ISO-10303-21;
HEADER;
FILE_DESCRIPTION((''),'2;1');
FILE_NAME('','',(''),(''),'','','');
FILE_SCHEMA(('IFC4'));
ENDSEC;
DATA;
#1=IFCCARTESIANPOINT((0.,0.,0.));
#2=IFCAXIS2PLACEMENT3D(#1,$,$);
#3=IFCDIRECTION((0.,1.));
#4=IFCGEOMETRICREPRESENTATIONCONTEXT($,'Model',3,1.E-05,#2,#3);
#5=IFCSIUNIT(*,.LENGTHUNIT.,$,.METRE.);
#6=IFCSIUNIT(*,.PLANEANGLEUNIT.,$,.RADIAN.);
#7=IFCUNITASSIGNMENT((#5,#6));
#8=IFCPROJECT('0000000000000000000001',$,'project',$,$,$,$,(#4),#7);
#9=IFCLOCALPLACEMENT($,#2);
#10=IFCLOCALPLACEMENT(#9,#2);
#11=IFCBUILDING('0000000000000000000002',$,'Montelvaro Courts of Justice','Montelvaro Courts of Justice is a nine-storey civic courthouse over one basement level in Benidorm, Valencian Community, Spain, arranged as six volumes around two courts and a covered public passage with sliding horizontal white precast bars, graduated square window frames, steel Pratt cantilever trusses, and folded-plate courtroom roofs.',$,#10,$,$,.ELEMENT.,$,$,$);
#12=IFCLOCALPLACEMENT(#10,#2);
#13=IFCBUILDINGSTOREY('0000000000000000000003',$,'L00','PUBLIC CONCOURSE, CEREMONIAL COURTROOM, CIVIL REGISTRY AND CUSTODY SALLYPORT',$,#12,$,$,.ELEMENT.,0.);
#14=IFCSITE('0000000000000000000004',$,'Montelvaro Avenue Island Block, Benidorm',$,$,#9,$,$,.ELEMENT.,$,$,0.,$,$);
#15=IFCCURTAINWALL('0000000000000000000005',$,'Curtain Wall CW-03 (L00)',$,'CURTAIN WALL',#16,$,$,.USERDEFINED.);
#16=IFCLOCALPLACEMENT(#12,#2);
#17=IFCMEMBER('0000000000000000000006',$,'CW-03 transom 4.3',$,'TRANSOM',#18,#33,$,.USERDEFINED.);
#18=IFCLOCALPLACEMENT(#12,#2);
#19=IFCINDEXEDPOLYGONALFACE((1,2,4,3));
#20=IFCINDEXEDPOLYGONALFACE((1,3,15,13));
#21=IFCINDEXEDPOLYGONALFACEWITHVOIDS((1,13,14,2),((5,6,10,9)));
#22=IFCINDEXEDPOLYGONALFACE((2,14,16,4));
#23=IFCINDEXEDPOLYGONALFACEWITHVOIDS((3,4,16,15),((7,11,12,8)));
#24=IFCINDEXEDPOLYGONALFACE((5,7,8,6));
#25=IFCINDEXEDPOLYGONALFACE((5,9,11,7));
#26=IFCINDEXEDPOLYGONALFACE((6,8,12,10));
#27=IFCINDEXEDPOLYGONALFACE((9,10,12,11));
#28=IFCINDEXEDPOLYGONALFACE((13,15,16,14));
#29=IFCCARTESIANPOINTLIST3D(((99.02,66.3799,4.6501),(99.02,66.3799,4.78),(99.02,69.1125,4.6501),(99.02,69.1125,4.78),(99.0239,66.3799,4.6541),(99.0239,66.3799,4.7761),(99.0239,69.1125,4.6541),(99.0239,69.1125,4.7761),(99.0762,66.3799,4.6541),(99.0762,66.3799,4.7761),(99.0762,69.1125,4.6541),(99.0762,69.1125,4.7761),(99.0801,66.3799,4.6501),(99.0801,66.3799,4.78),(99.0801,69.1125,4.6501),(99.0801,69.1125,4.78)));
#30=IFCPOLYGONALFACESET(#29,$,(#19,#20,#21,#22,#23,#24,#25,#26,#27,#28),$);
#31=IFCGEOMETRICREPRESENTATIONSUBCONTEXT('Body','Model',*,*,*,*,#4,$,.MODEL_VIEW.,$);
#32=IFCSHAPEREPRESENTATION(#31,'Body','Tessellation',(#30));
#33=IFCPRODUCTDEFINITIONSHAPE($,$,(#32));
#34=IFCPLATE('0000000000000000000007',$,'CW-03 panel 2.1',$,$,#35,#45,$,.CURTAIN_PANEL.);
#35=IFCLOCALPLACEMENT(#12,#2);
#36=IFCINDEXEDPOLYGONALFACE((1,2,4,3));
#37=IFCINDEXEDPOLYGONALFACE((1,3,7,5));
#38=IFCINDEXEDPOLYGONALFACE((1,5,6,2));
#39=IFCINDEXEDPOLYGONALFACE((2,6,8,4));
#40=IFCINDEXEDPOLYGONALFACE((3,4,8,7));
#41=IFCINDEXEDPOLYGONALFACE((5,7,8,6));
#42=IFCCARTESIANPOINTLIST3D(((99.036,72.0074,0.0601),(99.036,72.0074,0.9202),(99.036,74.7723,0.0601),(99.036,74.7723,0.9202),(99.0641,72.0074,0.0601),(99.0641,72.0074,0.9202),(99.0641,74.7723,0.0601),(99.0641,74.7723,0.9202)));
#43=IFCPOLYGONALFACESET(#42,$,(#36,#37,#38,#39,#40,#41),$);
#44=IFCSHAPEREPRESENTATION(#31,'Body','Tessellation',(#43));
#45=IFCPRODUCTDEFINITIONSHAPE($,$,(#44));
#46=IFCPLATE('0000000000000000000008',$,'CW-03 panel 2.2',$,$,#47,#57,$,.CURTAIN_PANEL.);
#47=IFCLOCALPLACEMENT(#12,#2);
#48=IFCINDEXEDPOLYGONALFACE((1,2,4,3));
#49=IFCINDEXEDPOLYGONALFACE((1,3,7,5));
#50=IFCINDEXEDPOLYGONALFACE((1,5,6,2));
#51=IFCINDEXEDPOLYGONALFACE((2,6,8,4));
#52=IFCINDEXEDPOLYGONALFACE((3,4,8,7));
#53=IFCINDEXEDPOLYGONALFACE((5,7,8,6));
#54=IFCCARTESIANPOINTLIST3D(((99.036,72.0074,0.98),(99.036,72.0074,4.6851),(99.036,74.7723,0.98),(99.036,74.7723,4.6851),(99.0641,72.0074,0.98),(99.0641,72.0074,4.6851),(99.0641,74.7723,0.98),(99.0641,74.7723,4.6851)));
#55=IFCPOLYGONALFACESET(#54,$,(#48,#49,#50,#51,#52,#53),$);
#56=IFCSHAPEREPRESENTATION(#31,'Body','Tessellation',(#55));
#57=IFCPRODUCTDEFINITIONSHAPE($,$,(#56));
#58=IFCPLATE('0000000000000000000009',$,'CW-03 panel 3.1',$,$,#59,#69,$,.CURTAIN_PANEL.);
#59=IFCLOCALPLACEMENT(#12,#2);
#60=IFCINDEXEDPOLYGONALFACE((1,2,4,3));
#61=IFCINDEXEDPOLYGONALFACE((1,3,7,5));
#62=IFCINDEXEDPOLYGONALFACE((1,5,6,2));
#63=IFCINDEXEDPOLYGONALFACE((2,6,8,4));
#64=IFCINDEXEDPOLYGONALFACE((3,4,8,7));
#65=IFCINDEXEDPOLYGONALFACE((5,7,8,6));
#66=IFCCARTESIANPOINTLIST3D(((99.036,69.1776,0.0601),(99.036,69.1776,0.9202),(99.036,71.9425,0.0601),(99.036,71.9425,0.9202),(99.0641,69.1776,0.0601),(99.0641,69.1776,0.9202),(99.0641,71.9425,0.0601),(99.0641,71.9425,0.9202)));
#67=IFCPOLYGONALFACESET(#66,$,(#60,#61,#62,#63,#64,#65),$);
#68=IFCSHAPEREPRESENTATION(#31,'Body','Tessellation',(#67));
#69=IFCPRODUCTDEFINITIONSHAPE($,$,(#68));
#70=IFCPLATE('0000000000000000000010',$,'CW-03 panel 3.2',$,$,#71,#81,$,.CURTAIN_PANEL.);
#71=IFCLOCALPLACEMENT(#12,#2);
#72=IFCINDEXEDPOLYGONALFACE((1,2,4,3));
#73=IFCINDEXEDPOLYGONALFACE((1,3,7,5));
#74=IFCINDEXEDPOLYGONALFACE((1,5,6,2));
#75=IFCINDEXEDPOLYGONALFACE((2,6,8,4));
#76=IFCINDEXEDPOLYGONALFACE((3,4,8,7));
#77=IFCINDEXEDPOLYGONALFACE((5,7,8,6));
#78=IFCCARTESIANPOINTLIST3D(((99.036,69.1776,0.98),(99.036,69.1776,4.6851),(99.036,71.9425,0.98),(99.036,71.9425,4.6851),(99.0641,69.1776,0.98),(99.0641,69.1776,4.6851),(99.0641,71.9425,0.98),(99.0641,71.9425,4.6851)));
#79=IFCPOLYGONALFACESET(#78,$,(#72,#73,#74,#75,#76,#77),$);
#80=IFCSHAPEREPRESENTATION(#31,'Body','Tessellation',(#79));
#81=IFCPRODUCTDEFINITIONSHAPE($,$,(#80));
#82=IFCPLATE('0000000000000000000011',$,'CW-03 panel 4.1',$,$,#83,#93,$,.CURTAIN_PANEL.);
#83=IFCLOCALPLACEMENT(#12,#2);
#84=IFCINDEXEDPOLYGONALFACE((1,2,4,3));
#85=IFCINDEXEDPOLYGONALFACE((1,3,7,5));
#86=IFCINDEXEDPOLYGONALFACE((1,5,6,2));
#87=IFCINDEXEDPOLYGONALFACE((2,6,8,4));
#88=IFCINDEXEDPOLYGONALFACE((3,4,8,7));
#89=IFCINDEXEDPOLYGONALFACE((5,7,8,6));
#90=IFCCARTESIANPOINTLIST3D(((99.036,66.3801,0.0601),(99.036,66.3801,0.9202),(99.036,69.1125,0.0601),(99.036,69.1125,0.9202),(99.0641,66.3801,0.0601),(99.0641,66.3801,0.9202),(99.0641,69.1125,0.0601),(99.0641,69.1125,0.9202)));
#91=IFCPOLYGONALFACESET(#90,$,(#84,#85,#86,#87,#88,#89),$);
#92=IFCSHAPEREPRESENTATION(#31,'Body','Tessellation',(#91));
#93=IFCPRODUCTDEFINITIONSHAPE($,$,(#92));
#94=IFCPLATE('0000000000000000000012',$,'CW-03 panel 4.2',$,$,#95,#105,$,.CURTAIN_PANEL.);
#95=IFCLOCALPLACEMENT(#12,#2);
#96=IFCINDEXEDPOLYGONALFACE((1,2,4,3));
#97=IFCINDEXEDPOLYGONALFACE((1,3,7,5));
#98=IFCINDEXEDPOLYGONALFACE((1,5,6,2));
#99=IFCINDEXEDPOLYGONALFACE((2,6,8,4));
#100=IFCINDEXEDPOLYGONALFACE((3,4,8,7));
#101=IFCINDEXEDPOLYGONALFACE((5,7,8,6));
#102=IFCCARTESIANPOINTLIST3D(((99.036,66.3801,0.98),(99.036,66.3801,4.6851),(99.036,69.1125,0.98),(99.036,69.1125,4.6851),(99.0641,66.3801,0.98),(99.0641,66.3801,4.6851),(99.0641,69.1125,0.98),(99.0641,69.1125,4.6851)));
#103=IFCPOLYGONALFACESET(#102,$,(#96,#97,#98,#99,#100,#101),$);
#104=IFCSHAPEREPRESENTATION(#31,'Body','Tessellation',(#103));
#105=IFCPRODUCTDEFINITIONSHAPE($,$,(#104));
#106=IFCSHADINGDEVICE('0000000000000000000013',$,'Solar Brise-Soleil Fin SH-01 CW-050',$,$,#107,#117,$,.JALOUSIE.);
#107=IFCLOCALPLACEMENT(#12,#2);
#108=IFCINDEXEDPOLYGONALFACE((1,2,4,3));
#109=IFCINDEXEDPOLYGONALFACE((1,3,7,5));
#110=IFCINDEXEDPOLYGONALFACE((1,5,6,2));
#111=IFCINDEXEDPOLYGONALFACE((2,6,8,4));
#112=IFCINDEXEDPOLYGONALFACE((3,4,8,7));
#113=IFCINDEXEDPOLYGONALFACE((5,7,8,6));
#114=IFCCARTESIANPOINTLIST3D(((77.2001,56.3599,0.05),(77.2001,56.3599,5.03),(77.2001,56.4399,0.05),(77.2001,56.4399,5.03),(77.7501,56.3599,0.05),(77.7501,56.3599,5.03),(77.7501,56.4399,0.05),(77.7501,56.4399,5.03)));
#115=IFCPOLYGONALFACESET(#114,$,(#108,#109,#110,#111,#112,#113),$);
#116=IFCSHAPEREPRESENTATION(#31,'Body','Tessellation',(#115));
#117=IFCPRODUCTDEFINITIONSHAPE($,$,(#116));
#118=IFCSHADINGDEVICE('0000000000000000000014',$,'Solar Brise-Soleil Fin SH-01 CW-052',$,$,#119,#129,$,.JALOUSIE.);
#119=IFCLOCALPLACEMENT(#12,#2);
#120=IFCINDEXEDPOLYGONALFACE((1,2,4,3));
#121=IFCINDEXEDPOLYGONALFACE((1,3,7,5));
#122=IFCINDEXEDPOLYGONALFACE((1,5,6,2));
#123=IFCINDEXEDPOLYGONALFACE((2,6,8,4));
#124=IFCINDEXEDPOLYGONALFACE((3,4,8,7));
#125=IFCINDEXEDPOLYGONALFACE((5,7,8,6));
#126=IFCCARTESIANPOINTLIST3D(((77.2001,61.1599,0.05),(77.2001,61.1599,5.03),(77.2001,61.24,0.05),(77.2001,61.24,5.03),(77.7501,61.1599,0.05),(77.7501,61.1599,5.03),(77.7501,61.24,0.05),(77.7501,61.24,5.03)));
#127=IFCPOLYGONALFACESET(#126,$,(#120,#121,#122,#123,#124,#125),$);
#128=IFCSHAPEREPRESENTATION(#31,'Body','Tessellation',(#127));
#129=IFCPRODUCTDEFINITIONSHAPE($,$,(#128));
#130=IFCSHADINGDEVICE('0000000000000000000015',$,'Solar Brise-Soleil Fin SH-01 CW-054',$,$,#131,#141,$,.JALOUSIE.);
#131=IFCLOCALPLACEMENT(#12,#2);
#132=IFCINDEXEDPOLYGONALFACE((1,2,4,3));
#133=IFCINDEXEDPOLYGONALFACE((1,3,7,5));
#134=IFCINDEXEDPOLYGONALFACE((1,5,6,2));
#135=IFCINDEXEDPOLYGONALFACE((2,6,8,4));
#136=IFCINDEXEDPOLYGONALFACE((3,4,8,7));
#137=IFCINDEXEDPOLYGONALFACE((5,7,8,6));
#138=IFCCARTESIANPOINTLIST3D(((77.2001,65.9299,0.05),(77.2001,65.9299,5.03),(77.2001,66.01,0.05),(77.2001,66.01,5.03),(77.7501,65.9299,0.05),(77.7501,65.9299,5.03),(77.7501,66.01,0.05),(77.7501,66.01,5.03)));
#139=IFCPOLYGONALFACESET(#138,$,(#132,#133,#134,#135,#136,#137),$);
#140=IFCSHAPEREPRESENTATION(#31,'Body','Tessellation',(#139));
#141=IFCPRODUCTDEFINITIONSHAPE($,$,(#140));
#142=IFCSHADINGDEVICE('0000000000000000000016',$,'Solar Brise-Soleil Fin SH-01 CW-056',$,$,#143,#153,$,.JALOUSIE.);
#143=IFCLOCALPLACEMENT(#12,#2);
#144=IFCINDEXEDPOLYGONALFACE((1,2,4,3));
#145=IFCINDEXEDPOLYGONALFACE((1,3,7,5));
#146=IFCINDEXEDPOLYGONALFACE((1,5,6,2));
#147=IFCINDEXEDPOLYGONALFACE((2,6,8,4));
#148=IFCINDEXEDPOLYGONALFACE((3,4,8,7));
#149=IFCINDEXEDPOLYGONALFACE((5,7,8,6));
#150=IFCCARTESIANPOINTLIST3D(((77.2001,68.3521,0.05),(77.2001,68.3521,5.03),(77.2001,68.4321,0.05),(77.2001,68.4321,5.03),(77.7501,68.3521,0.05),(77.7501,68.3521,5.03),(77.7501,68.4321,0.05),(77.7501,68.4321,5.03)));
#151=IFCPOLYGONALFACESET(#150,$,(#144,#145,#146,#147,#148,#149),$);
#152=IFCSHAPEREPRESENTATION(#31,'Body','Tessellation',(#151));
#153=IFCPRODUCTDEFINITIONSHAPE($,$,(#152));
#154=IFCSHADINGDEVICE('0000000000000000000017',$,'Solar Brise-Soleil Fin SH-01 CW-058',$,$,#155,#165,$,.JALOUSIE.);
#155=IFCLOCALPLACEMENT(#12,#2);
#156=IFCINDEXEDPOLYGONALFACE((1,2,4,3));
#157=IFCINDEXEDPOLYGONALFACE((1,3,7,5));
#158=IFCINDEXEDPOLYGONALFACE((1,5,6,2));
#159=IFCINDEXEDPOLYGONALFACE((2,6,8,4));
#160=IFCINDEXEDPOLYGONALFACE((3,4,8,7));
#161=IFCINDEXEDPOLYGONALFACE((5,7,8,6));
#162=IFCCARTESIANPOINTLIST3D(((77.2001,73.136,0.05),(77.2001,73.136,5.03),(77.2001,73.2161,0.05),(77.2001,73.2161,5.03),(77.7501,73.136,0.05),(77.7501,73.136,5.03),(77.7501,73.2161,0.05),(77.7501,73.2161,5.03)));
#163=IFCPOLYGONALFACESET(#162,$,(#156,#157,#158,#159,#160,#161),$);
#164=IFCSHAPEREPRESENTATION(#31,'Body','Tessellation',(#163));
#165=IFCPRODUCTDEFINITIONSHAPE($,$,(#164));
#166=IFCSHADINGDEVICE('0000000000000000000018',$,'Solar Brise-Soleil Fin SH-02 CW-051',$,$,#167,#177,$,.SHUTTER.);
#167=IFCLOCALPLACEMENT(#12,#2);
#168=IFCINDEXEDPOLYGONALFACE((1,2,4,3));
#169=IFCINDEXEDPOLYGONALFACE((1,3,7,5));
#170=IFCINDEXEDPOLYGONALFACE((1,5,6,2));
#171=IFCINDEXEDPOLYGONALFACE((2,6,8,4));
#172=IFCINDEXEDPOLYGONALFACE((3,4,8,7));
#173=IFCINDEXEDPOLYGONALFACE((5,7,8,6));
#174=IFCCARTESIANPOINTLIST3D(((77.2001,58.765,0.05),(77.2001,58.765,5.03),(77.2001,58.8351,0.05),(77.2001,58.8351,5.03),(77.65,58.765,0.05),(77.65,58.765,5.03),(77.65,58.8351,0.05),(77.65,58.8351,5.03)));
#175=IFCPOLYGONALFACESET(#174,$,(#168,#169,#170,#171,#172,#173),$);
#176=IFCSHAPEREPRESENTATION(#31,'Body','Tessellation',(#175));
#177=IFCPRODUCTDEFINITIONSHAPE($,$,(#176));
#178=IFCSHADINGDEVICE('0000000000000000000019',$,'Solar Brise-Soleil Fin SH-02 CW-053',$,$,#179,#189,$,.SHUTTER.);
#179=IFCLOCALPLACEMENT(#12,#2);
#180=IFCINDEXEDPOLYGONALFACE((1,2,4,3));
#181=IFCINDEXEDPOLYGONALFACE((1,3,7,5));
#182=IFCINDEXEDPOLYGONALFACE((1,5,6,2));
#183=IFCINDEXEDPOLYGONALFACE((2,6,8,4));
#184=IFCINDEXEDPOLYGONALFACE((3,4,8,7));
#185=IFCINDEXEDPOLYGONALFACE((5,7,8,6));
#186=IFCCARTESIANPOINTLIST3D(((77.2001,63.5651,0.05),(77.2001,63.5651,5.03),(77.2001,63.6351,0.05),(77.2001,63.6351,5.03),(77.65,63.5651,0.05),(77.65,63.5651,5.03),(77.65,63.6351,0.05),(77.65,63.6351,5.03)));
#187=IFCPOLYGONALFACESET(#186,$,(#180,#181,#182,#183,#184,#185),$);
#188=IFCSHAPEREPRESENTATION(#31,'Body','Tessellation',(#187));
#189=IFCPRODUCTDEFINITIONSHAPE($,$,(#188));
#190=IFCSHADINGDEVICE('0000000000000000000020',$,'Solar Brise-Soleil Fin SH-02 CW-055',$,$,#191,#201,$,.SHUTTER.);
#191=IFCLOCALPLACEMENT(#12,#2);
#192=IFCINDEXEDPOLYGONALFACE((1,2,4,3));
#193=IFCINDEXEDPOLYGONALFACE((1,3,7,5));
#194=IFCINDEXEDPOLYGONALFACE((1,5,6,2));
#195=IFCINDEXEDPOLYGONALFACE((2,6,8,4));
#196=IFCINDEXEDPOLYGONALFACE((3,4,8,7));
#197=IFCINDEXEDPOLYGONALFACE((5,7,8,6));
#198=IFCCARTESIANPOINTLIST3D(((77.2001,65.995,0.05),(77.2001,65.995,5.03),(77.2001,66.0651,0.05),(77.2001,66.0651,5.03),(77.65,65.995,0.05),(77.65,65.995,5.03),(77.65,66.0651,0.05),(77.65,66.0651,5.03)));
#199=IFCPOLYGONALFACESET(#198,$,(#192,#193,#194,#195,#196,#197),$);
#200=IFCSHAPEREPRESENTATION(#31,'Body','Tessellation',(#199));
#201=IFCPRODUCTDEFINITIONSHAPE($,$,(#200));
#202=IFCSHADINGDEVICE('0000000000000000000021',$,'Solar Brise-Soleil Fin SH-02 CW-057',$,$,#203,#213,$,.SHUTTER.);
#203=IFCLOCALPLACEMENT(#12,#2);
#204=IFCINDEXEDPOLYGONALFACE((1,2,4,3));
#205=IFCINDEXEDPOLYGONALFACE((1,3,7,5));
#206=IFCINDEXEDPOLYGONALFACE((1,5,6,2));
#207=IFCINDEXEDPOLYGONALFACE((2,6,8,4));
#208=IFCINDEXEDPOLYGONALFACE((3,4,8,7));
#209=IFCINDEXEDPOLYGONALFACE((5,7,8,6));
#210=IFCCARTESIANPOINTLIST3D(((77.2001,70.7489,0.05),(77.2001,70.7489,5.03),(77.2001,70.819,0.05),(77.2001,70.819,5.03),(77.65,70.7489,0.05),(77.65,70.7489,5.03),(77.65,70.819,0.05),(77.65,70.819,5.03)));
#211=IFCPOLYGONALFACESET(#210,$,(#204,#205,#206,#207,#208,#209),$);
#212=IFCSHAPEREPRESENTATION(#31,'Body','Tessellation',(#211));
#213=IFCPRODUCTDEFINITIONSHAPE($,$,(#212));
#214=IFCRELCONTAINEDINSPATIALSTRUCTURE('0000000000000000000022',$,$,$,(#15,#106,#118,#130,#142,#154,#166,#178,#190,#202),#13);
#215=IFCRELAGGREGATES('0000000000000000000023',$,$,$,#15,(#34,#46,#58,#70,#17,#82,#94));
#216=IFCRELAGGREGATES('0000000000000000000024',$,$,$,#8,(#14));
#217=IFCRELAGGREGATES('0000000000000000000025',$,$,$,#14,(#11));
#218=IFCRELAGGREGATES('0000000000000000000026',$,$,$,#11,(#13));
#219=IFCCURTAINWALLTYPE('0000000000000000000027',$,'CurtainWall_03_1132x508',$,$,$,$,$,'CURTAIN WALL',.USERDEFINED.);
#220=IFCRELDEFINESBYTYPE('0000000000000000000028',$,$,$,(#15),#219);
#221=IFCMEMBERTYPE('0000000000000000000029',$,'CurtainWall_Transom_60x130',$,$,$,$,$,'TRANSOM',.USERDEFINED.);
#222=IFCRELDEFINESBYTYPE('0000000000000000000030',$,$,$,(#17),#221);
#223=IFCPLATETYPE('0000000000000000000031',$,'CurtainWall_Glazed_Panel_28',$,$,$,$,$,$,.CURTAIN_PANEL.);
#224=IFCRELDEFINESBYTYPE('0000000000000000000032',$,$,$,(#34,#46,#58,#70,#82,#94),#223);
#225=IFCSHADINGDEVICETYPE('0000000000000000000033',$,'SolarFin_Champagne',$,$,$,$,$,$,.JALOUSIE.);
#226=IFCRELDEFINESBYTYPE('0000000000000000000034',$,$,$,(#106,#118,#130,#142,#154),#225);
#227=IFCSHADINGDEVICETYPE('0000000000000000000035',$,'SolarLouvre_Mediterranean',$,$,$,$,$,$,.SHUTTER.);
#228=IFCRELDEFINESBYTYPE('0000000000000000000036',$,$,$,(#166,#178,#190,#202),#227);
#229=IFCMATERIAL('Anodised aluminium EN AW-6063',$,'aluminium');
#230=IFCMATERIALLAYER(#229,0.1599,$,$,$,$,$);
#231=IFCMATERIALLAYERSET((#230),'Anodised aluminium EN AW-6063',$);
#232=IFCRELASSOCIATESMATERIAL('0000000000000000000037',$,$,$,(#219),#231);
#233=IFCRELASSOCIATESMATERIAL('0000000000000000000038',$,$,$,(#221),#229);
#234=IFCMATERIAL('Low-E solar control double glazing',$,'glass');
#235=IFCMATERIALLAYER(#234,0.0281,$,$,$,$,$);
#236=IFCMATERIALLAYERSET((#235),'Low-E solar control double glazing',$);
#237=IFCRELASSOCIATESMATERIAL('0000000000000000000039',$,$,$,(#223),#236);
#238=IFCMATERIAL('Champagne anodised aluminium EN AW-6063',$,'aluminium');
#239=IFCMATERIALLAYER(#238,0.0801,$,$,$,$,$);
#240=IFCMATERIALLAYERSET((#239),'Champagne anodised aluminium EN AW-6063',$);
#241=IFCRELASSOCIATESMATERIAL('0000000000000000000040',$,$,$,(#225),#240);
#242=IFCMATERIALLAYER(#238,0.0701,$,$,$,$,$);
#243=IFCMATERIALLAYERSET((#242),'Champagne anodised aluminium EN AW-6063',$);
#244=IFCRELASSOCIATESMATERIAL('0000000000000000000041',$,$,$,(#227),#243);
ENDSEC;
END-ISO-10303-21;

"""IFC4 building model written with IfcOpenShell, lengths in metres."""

from ifc_helpers import new_model, si_unit, direction, frame, origin, origin_2d, place, context, subcontext, project, spatial, rectangle, hollow_rectangle, extrude, material, layer, layer_set, material_profile, profile_set, type_object, element, aggregate, save


model = new_model("IFC4")

# Units and contexts
model_context = context("Model", 3, precision=1e-05, world=origin(), true_north=direction((0.0, 1.0)))
body_context = subcontext(model_context, "Body", "Model", "MODEL_VIEW")
ifc_project = project(units=[si_unit("LENGTHUNIT", "METRE"), si_unit("PLANEANGLEUNIT", "RADIAN")], contexts=[model_context])

# Site, building, storey
site_placement = place(None, origin())
site = spatial("IfcSite", under=ifc_project, at=site_placement, Name="Montelvaro Avenue Island Block, Benidorm", CompositionType="ELEMENT", RefElevation=0.0)
building_placement = place(site_placement, origin())
building = spatial("IfcBuilding", under=site, at=building_placement, Name="Montelvaro Courts of Justice", Description="Montelvaro Courts of Justice is a nine-storey civic courthouse over one basement level in Benidorm, Valencian Community, Spain, arranged as six volumes around two courts and a covered public passage with sliding horizontal white precast bars, graduated square window frames, steel Pratt cantilever trusses, and folded-plate courtroom roofs.", CompositionType="ELEMENT")
storey_placement = place(building_placement, origin())
storey = spatial("IfcBuildingStorey", under=building, at=storey_placement, Name="L00", Description="PUBLIC CONCOURSE, CEREMONIAL COURTROOM, CIVIL REGISTRY AND CUSTODY SALLYPORT", CompositionType="ELEMENT", Elevation=0.0)

# Curtain wall, member, plates
ifc_material_1 = material(Name="Anodised aluminium EN AW-6063", Category="aluminium")
ifc_layer_1 = layer(ifc_material_1, 0.1599)
ifc_layer_set_1 = layer_set([ifc_layer_1], Name="Anodised aluminium EN AW-6063")
curtain_wall_type = type_object("IfcCurtainWallType", Name="CurtainWall_03_1132x508", ElementType="CURTAIN WALL", PredefinedType="USERDEFINED", material=ifc_layer_set_1)
curtain_wall_placement = place(storey_placement, origin())
curtain_wall = element("IfcCurtainWall", 1, at=curtain_wall_placement, inside=storey, type_object=curtain_wall_type, Name="Curtain Wall CW-03 (L00)", ObjectType="CURTAIN WALL", PredefinedType="USERDEFINED")
ifc_material_profile_1 = material_profile(ifc_material_1, hollow_rectangle(XDim=0.0601, YDim=0.1299, WallThickness=0.0039, at=origin_2d()), Name="ALU-T 60x130")
ifc_profile_set_1 = profile_set([ifc_material_profile_1], Name="Anodised aluminium EN AW-6063")
member_type_1 = type_object("IfcMemberType", Name="CurtainWall_Transom_60x130", ElementType="TRANSOM", PredefinedType="USERDEFINED", material=ifc_profile_set_1)
member_1_placement = place(storey_placement, frame((99.05, 69.1125, 4.7151), z_axis=(0.0, -1.0, 0.0), x_axis=(1.0, 0.0, 0.0)))
member_1 = element("IfcMember", 2, at=member_1_placement, type_object=member_type_1, Name="CW-03 transom 4.3", ObjectType="TRANSOM", PredefinedType="USERDEFINED", context=body_context, shape_type="SweptSolid", body=[
    extrude(hollow_rectangle(XDim=0.0601, YDim=0.1299, WallThickness=0.0039, at=origin_2d()), origin(), (0.0, 0.0, 1.0), 2.7327),
])
ifc_material_2 = material(Name="Low-E solar control double glazing", Category="glass")
ifc_layer_2 = layer(ifc_material_2, 0.0281)
ifc_layer_set_2 = layer_set([ifc_layer_2], Name="Low-E solar control double glazing")
plate_type = type_object("IfcPlateType", Name="CurtainWall_Glazed_Panel_28", PredefinedType="CURTAIN_PANEL", material=ifc_layer_set_2)
plate_1_placement = place(storey_placement, frame((99.05, 73.3899, 0.0601), z_axis=(0.0, 0.0, 1.0), x_axis=(0.0, -1.0, 0.0)))
plate_1 = element("IfcPlate", 3, at=plate_1_placement, type_object=plate_type, Name="CW-03 panel 2.1", PredefinedType="CURTAIN_PANEL", context=body_context, shape_type="SweptSolid", body=[
    extrude(rectangle(XDim=2.7649, YDim=0.0281, at=origin_2d()), origin(), (0.0, 0.0, 1.0), 0.8601),
])
plate_2_placement = place(storey_placement, frame((99.05, 73.3899, 0.98), z_axis=(0.0, 0.0, 1.0), x_axis=(0.0, -1.0, 0.0)))
plate_2 = element("IfcPlate", 4, at=plate_2_placement, type_object=plate_type, Name="CW-03 panel 2.2", PredefinedType="CURTAIN_PANEL", context=body_context, shape_type="SweptSolid", body=[
    extrude(rectangle(XDim=2.7649, YDim=0.0281, at=origin_2d()), origin(), (0.0, 0.0, 1.0), 3.7051),
])
plate_3_placement = place(storey_placement, frame((99.05, 70.5601, 0.0601), z_axis=(0.0, 0.0, 1.0), x_axis=(0.0, -1.0, 0.0)))
plate_3 = element("IfcPlate", 5, at=plate_3_placement, type_object=plate_type, Name="CW-03 panel 3.1", PredefinedType="CURTAIN_PANEL", context=body_context, shape_type="SweptSolid", body=[
    extrude(rectangle(XDim=2.7649, YDim=0.0281, at=origin_2d()), origin(), (0.0, 0.0, 1.0), 0.8601),
])
plate_4_placement = place(storey_placement, frame((99.05, 70.5601, 0.98), z_axis=(0.0, 0.0, 1.0), x_axis=(0.0, -1.0, 0.0)))
plate_4 = element("IfcPlate", 6, at=plate_4_placement, type_object=plate_type, Name="CW-03 panel 3.2", PredefinedType="CURTAIN_PANEL", context=body_context, shape_type="SweptSolid", body=[
    extrude(rectangle(XDim=2.7649, YDim=0.0281, at=origin_2d()), origin(), (0.0, 0.0, 1.0), 3.7051),
])
plate_5_placement = place(storey_placement, frame((99.05, 67.7463, 0.0601), z_axis=(0.0, 0.0, 1.0), x_axis=(0.0, -1.0, 0.0)))
plate_5 = element("IfcPlate", 7, at=plate_5_placement, type_object=plate_type, Name="CW-03 panel 4.1", PredefinedType="CURTAIN_PANEL", context=body_context, shape_type="SweptSolid", body=[
    extrude(rectangle(XDim=2.7324, YDim=0.0281, at=origin_2d()), origin(), (0.0, 0.0, 1.0), 0.8601),
])
plate_6_placement = place(storey_placement, frame((99.05, 67.7463, 0.98), z_axis=(0.0, 0.0, 1.0), x_axis=(0.0, -1.0, 0.0)))
plate_6 = element("IfcPlate", 8, at=plate_6_placement, type_object=plate_type, Name="CW-03 panel 4.2", PredefinedType="CURTAIN_PANEL", context=body_context, shape_type="SweptSolid", body=[
    extrude(rectangle(XDim=2.7324, YDim=0.0281, at=origin_2d()), origin(), (0.0, 0.0, 1.0), 3.7051),
])
aggregate(curtain_wall, [plate_1, plate_2, plate_3, plate_4, member_1, plate_5, plate_6])

# Shading devices
ifc_material_3 = material(Name="Champagne anodised aluminium EN AW-6063", Category="aluminium")
ifc_layer_3 = layer(ifc_material_3, 0.0801)
ifc_layer_set_3 = layer_set([ifc_layer_3], Name="Champagne anodised aluminium EN AW-6063")
shading_device_type_1 = type_object("IfcShadingDeviceType", Name="SolarFin_Champagne", PredefinedType="JALOUSIE", material=ifc_layer_set_3)
for number, where, z_axis, x_axis, name in (
    (9, (77.4751, 56.3999, 0.05), (0.0, 0.0, 1.0), (0.0, 1.0, 0.0), "Solar Brise-Soleil Fin SH-01 CW-050"),
    (10, (77.4751, 61.2, 0.05), (0.0, 0.0, 1.0), (0.0, 1.0, 0.0), "Solar Brise-Soleil Fin SH-01 CW-052"),
    (11, (77.4751, 65.97, 0.05), (0.0, 0.0, 1.0), (0.0, 1.0, 0.0), "Solar Brise-Soleil Fin SH-01 CW-054"),
    (12, (77.4751, 68.3921, 0.05), (0.0, 0.0, 1.0), (0.0, 1.0, 0.0), "Solar Brise-Soleil Fin SH-01 CW-056"),
    (13, (77.4751, 73.176, 0.05), (0.0, 0.0, 1.0), (0.0, 1.0, 0.0), "Solar Brise-Soleil Fin SH-01 CW-058"),
):
    element("IfcShadingDevice", number, at=place(storey_placement, frame(where, z_axis=z_axis, x_axis=x_axis)), inside=storey, type_object=shading_device_type_1, Name=name, PredefinedType="JALOUSIE", context=body_context, shape_type="SweptSolid", body=[
        extrude(rectangle(XDim=0.0801, YDim=0.55, at=origin_2d()), origin(), (0.0, 0.0, 1.0), 4.98),
    ])
ifc_layer_4 = layer(ifc_material_3, 0.0701)
ifc_layer_set_4 = layer_set([ifc_layer_4], Name="Champagne anodised aluminium EN AW-6063")
shading_device_type_2 = type_object("IfcShadingDeviceType", Name="SolarLouvre_Mediterranean", PredefinedType="SHUTTER", material=ifc_layer_set_4)
for number, where, z_axis, x_axis, name in (
    (14, (77.425, 58.8, 0.05), (0.0, 0.0, 1.0), (0.0, 1.0, 0.0), "Solar Brise-Soleil Fin SH-02 CW-051"),
    (15, (77.425, 63.6001, 0.05), (0.0, 0.0, 1.0), (0.0, 1.0, 0.0), "Solar Brise-Soleil Fin SH-02 CW-053"),
    (16, (77.425, 66.03, 0.05), (0.0, 0.0, 1.0), (0.0, 1.0, 0.0), "Solar Brise-Soleil Fin SH-02 CW-055"),
    (17, (77.425, 70.7839, 0.05), (0.0, 0.0, 1.0), (0.0, 1.0, 0.0), "Solar Brise-Soleil Fin SH-02 CW-057"),
):
    element("IfcShadingDevice", number, at=place(storey_placement, frame(where, z_axis=z_axis, x_axis=x_axis)), inside=storey, type_object=shading_device_type_2, Name=name, PredefinedType="SHUTTER", context=body_context, shape_type="SweptSolid", body=[
        extrude(rectangle(XDim=0.0701, YDim=0.45, at=origin_2d()), origin(), (0.0, 0.0, 1.0), 4.98),
    ])

save(model, "model.ifc")
